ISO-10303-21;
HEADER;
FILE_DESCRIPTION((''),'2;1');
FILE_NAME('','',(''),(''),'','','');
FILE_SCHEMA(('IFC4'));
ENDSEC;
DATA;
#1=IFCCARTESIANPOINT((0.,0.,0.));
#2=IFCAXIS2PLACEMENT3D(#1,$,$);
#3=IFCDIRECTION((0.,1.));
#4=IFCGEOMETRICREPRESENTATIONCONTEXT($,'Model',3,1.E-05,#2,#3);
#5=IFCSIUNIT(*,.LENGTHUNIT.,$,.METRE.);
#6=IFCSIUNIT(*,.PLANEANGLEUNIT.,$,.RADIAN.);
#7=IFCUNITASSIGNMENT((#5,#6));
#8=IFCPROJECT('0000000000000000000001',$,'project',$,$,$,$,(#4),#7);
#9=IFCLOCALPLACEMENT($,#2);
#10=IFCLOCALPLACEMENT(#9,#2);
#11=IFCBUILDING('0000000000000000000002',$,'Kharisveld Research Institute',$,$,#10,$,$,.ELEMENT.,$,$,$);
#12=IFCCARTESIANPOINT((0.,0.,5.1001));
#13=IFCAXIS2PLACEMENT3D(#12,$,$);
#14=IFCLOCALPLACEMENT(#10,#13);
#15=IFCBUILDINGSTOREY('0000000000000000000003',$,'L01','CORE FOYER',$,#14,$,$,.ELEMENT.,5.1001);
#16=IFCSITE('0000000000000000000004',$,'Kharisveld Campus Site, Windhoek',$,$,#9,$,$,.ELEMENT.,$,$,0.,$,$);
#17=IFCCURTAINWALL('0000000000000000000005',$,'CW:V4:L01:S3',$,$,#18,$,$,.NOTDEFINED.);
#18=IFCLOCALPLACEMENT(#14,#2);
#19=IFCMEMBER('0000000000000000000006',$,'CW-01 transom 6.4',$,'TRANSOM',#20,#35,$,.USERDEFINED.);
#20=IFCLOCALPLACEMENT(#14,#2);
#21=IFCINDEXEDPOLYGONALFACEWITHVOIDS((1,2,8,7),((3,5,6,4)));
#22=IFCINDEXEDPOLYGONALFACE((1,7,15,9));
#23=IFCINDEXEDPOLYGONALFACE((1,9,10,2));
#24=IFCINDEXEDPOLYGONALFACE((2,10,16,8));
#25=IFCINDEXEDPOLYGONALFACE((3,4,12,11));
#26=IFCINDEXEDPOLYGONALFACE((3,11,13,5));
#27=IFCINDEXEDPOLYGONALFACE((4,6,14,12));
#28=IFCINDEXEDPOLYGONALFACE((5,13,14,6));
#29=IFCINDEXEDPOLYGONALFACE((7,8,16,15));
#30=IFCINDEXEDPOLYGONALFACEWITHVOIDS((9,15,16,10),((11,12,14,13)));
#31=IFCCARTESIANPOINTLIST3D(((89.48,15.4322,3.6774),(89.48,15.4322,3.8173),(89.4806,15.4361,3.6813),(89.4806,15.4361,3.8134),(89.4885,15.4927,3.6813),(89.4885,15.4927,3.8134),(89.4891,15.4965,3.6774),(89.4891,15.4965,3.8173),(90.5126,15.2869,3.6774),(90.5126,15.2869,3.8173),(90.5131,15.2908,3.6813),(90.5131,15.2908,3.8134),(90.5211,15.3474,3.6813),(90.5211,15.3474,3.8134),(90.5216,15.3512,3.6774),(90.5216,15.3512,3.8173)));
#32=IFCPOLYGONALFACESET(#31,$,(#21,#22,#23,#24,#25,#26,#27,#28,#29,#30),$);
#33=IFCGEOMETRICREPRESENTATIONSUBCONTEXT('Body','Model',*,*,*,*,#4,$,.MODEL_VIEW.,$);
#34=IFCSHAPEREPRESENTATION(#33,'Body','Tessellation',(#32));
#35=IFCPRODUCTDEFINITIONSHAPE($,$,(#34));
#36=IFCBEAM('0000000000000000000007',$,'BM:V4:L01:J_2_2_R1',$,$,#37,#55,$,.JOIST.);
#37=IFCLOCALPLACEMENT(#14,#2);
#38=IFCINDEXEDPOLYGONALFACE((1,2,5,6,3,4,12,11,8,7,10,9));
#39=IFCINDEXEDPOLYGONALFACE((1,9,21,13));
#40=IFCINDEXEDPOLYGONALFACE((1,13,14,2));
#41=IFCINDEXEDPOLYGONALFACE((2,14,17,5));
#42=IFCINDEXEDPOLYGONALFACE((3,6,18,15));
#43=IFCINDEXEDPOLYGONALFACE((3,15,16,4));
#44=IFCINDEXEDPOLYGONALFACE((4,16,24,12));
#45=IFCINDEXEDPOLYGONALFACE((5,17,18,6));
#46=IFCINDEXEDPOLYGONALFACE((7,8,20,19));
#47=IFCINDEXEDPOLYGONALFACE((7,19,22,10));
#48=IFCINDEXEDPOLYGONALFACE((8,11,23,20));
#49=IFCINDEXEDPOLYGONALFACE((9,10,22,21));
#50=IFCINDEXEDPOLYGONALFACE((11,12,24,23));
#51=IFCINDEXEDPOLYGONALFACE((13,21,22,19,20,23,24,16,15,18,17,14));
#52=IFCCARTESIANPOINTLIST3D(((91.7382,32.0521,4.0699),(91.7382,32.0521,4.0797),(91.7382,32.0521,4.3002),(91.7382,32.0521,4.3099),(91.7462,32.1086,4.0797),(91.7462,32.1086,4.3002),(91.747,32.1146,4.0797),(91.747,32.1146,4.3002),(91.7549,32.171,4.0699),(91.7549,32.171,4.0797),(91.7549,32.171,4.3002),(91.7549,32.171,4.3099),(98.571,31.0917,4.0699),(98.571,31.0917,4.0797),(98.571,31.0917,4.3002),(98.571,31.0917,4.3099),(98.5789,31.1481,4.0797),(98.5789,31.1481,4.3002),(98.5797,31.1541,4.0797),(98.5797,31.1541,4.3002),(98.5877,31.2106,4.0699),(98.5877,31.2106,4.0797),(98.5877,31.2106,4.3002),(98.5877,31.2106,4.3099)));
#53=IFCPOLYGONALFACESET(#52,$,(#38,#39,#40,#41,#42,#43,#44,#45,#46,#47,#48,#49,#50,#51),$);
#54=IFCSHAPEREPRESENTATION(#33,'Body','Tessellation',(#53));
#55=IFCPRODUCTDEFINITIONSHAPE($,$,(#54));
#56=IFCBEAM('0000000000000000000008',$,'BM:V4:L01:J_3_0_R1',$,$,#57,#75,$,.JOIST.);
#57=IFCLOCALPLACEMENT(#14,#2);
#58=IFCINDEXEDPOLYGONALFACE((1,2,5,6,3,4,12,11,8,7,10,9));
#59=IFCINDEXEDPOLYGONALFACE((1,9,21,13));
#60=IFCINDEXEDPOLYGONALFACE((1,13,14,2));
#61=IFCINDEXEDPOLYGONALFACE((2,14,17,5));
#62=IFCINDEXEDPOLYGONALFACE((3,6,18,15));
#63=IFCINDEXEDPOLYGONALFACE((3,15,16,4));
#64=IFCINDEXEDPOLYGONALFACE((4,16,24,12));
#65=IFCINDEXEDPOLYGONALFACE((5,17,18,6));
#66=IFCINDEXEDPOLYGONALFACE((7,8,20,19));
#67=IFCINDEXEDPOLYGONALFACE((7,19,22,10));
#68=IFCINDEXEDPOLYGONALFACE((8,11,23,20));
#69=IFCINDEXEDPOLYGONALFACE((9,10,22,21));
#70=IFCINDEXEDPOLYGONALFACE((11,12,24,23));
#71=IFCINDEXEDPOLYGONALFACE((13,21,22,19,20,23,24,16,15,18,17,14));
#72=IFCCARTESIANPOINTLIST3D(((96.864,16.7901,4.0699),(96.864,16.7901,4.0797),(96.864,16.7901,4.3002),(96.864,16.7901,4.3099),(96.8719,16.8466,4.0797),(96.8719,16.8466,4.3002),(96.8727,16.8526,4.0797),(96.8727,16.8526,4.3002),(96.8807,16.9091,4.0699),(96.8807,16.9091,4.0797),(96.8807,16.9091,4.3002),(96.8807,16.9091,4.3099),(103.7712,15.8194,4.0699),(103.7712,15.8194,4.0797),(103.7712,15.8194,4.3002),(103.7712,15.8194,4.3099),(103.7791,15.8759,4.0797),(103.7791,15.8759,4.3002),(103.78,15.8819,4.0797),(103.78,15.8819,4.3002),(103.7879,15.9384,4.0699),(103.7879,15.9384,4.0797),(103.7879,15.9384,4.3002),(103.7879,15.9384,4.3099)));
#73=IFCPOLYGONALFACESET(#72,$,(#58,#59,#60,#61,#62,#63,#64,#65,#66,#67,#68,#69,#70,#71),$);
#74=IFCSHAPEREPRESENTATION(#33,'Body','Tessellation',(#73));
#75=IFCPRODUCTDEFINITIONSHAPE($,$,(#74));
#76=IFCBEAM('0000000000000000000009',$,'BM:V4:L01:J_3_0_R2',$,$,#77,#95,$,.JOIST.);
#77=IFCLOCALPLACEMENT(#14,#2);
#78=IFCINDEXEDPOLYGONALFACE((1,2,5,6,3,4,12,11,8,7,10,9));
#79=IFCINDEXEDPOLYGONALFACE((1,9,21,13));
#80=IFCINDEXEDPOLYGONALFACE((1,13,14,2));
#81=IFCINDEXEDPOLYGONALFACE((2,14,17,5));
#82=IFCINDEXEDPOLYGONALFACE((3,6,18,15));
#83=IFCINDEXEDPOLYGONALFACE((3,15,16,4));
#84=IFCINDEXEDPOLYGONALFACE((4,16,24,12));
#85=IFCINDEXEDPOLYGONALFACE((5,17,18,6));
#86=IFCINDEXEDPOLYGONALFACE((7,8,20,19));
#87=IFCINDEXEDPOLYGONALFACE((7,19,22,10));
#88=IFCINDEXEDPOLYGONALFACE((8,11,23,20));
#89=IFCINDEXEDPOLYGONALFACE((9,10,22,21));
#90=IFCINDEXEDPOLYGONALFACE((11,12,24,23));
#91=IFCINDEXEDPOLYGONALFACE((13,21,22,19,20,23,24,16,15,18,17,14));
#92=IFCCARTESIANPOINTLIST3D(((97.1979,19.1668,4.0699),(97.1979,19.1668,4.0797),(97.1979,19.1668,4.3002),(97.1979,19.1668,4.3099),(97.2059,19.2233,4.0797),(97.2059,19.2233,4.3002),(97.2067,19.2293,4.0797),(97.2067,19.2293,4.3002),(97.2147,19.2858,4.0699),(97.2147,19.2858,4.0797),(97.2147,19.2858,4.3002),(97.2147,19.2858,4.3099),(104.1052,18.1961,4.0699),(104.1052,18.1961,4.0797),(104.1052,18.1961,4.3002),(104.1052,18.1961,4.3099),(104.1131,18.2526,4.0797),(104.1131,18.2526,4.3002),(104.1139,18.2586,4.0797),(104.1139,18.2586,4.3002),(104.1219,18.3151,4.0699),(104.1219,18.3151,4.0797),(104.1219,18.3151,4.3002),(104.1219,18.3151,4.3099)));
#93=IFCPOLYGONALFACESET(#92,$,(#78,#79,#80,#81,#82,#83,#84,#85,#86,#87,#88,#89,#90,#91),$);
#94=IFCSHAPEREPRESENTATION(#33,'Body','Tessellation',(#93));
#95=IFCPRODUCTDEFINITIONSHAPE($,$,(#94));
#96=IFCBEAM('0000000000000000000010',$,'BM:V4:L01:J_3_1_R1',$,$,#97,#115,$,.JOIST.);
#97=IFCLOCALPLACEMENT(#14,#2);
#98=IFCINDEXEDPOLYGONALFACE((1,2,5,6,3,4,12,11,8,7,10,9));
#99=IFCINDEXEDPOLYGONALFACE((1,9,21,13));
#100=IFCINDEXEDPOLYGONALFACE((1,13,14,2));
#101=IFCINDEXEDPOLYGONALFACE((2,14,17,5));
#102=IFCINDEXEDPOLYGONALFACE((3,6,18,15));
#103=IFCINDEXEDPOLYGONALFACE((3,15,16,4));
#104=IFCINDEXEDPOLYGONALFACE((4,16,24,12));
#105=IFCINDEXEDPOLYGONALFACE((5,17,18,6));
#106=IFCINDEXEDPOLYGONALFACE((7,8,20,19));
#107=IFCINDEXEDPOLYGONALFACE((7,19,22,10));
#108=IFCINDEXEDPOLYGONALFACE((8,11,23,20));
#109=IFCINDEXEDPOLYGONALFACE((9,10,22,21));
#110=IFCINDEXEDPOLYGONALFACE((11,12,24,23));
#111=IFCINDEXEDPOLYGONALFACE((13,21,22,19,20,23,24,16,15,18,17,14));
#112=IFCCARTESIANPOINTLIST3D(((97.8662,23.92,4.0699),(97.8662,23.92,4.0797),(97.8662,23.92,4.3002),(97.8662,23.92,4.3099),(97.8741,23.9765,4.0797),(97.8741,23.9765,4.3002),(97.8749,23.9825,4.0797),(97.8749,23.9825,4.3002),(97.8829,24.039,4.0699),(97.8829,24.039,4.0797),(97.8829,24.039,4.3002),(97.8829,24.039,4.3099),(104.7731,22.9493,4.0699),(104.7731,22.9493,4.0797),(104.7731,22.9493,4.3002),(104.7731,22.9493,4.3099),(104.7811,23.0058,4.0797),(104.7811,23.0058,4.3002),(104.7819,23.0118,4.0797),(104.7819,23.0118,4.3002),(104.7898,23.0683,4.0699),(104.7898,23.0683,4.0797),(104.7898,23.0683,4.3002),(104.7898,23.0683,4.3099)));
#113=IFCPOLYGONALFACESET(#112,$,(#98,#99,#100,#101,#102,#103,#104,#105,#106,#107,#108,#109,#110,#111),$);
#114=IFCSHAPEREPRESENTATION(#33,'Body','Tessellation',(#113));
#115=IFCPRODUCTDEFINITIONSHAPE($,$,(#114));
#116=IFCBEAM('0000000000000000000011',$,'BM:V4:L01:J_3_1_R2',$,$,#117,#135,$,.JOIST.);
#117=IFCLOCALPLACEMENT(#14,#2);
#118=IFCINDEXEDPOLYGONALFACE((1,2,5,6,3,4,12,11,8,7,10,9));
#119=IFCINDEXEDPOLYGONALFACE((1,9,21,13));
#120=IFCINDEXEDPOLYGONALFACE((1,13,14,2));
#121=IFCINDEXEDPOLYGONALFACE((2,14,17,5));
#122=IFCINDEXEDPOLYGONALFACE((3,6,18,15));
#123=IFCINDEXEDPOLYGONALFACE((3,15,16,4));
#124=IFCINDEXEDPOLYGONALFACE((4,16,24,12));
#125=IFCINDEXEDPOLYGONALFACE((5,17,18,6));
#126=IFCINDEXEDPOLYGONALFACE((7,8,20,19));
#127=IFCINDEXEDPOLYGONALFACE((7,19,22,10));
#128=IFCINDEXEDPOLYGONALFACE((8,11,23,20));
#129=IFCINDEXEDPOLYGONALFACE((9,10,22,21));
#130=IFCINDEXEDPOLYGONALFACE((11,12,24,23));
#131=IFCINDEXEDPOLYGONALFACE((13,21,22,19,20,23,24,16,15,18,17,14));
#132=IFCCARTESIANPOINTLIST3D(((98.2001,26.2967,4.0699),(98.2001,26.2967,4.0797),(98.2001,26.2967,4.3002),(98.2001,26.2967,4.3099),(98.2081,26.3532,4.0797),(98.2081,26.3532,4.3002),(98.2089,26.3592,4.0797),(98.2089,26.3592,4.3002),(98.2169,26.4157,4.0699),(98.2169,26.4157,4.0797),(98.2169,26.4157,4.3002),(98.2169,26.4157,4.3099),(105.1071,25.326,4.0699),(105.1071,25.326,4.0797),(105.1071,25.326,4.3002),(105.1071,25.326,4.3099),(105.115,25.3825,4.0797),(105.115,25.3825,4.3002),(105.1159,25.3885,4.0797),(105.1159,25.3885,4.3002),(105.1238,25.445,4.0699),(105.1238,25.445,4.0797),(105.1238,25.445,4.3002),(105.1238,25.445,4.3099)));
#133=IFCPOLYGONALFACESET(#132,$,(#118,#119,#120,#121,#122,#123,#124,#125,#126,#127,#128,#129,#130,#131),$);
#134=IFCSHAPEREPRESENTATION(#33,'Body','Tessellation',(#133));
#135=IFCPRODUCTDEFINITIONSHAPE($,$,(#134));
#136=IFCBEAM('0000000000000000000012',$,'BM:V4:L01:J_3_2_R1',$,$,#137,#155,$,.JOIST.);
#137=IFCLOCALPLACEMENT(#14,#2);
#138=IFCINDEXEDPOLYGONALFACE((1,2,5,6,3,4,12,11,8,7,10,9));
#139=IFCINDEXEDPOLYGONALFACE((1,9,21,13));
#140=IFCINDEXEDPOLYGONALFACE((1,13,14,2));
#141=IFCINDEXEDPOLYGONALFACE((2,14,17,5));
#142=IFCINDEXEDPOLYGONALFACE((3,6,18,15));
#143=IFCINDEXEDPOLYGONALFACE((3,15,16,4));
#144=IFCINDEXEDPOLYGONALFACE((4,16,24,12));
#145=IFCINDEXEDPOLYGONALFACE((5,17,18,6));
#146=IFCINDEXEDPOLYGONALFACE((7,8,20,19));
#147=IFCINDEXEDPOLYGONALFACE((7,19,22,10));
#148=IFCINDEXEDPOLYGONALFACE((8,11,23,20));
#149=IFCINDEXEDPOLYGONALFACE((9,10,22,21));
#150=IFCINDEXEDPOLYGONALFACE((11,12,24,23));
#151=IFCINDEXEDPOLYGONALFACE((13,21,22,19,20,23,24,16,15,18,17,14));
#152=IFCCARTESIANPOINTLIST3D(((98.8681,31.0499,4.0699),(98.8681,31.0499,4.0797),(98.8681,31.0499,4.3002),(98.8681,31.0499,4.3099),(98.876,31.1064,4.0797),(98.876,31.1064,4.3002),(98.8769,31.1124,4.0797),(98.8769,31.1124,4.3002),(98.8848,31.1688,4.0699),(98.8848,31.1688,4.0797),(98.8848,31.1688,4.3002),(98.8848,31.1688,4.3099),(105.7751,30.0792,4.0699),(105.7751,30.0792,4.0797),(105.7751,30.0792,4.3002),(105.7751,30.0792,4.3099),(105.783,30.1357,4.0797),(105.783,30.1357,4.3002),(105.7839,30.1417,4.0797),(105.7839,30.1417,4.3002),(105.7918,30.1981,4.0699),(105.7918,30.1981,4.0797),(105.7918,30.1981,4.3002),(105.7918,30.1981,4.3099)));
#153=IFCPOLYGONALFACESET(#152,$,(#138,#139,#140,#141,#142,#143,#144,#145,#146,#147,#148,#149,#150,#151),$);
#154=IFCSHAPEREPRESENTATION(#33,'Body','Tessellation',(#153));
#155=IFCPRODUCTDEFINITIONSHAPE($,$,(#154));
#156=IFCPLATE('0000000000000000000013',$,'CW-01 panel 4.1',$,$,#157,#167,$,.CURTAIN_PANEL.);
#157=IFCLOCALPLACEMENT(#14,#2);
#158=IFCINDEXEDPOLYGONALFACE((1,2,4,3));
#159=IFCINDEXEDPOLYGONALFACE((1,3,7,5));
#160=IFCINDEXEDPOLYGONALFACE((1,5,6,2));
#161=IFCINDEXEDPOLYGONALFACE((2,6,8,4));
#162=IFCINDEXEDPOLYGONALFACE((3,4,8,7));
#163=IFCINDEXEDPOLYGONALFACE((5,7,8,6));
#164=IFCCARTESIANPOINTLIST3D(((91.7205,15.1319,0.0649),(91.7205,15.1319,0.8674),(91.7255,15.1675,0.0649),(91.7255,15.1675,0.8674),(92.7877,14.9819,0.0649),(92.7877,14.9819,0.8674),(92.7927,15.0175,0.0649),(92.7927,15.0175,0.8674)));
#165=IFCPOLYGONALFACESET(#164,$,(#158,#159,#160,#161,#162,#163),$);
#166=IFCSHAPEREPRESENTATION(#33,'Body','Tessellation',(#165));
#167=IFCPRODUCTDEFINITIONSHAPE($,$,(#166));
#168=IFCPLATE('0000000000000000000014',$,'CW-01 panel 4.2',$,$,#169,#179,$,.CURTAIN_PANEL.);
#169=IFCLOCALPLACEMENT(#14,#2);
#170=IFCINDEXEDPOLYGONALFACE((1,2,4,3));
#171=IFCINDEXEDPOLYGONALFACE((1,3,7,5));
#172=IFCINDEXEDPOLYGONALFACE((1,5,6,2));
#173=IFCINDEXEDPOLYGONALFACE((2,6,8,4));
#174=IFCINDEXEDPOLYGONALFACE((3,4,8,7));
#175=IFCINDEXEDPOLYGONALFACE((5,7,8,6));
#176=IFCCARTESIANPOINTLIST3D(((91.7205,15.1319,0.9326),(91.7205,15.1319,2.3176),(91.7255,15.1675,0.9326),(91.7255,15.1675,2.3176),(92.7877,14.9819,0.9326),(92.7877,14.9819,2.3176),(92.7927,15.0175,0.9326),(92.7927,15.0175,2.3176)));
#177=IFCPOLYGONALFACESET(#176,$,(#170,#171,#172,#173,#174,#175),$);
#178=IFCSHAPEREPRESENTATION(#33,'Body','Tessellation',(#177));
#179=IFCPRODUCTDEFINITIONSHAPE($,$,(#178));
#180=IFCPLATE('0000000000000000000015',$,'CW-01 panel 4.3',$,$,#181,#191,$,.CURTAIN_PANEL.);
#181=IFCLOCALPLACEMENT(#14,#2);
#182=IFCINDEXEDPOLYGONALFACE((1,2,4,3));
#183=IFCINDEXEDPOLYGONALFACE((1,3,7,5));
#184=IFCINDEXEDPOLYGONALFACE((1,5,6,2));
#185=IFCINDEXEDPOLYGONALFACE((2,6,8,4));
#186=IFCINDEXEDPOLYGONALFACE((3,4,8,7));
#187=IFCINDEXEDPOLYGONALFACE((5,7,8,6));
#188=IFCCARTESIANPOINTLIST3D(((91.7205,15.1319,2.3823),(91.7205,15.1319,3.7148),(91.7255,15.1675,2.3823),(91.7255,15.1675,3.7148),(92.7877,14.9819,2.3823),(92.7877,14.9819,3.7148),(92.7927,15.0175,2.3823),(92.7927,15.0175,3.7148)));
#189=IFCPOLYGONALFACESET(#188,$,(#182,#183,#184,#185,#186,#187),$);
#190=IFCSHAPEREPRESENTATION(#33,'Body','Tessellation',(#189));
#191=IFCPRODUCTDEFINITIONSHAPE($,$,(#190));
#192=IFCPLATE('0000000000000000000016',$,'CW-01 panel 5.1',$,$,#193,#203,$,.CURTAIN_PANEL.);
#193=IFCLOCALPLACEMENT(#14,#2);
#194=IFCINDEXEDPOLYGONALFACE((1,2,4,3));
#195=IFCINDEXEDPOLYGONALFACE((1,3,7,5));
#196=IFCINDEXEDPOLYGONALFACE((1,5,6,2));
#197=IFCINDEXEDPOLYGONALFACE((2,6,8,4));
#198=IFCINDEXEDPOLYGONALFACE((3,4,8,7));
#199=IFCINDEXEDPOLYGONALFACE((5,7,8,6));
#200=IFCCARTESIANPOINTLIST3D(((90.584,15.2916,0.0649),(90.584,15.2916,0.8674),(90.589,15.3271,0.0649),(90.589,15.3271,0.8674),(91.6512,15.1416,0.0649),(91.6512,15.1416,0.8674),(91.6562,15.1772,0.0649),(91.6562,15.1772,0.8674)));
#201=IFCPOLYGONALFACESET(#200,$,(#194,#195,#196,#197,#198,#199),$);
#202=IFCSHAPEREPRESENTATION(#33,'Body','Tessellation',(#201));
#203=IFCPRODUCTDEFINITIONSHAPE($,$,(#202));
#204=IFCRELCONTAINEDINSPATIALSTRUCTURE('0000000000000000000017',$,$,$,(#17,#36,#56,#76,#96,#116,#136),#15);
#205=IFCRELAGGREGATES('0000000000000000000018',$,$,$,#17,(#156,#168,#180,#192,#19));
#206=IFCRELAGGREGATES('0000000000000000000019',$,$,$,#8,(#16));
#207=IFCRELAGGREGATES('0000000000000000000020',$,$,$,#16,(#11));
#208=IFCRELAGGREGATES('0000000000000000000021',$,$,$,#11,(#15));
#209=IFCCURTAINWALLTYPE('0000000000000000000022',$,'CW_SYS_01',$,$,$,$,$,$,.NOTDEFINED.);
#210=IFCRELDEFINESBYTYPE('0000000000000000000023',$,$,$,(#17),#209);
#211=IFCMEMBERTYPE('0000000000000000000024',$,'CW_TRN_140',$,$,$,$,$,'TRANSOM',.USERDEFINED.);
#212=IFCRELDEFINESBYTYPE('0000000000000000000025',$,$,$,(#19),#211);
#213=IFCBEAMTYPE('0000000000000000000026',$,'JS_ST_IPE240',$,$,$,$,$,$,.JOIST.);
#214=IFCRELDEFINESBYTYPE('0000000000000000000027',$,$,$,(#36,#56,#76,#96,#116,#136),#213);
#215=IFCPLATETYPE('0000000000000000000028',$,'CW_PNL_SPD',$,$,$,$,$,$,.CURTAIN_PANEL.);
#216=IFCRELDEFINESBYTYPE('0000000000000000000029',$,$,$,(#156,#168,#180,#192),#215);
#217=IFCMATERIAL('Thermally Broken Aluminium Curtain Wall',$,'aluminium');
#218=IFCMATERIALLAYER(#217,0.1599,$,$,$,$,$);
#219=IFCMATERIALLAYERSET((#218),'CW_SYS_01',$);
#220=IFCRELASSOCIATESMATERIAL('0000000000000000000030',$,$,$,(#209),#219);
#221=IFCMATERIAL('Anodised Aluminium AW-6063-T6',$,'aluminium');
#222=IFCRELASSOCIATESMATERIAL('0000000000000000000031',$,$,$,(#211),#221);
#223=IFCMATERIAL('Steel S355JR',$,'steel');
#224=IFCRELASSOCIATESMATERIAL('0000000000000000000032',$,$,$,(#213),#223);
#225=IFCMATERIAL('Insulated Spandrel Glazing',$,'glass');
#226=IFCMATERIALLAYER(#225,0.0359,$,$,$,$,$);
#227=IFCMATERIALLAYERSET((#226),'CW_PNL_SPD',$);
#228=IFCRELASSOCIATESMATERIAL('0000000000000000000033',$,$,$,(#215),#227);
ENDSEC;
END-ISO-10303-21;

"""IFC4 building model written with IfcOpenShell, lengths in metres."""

from ifc_helpers import new_model, si_unit, direction, frame, origin, origin_2d, place, context, subcontext, project, spatial, rectangle, hollow_rectangle, i_section, extrude, material, layer, layer_set, material_profile, profile_set, type_object, element, aggregate, save


model = new_model("IFC4")

# Units and contexts
model_context = context("Model", 3, precision=1e-05, world=origin(), true_north=direction((0.0, 1.0)))
body_context = subcontext(model_context, "Body", "Model", "MODEL_VIEW")
ifc_project = project(units=[si_unit("LENGTHUNIT", "METRE"), si_unit("PLANEANGLEUNIT", "RADIAN")], contexts=[model_context])

# Site, building, storey
site_placement = place(None, origin())
site = spatial("IfcSite", under=ifc_project, at=site_placement, Name="Kharisveld Campus Site, Windhoek", CompositionType="ELEMENT", RefElevation=0.0)
building_placement = place(site_placement, origin())
building = spatial("IfcBuilding", under=site, at=building_placement, Name="Kharisveld Research Institute", CompositionType="ELEMENT")
storey_placement = place(building_placement, frame((0.0, 0.0, 5.1001)))
storey = spatial("IfcBuildingStorey", under=building, at=storey_placement, Name="L01", Description="CORE FOYER", CompositionType="ELEMENT", Elevation=5.1001)

# Curtain wall, member
ifc_material_1 = material(Name="Thermally Broken Aluminium Curtain Wall", Category="aluminium")
ifc_layer_1 = layer(ifc_material_1, 0.1599)
ifc_layer_set_1 = layer_set([ifc_layer_1], Name="CW_SYS_01")
curtain_wall_type = type_object("IfcCurtainWallType", Name="CW_SYS_01", PredefinedType="NOTDEFINED", material=ifc_layer_set_1)
curtain_wall_placement = place(storey_placement, origin())
curtain_wall = element("IfcCurtainWall", 1, at=curtain_wall_placement, inside=storey, type_object=curtain_wall_type, Name="CW:V4:L01:S3", PredefinedType="NOTDEFINED")
ifc_material_2 = material(Name="Anodised Aluminium AW-6063-T6", Category="aluminium")
ifc_material_profile_1 = material_profile(ifc_material_2, hollow_rectangle(XDim=0.0649, YDim=0.1399, WallThickness=0.0039, at=origin_2d()))
ifc_profile_set_1 = profile_set([ifc_material_profile_1], Name="Anodised Aluminium AW-6063-T6")
member_type_1 = type_object("IfcMemberType", Name="CW_TRN_140", ElementType="TRANSOM", PredefinedType="USERDEFINED", material=ifc_profile_set_1)
member_1_placement = place(storey_placement, frame((90.5171, 15.3191, 3.7473), z_axis=(-0.990247, 0.139323, 0.0), x_axis=(-0.139323, -0.990247, 0.0)))
member_1 = element("IfcMember", 2, at=member_1_placement, type_object=member_type_1, Name="CW-01 transom 6.4", ObjectType="TRANSOM", PredefinedType="USERDEFINED", context=body_context, shape_type="SweptSolid", body=[
    extrude(hollow_rectangle(XDim=0.0649, YDim=0.1399, WallThickness=0.0039, at=origin_2d()), origin(), (0.0, 0.0, 1.0), 1.0427),
])

# Beams
ifc_material_3 = material(Name="Steel S355JR", Category="steel")
ifc_material_profile_2 = material_profile(ifc_material_3, i_section(OverallWidth=0.1201, OverallDepth=0.24, WebThickness=0.0061, FlangeThickness=0.0098, at=origin_2d()))
ifc_profile_set_2 = profile_set([ifc_material_profile_2], Name="Steel S355JR")
beam_type_1 = type_object("IfcBeamType", Name="JS_ST_IPE240", PredefinedType="JOIST", material=ifc_profile_set_2)
beam_1_placement = place(storey_placement, frame((91.7466, 32.1116, 4.1899), z_axis=(0.990265, -0.139197, 0.0), x_axis=(0.139197, 0.990265, 0.0)))
element("IfcBeam", 3, at=beam_1_placement, inside=storey, type_object=beam_type_1, Name="BM:V4:L01:J_2_2_R1", PredefinedType="JOIST", context=body_context, shape_type="SweptSolid", body=[
    extrude(i_section(OverallWidth=0.1201, OverallDepth=0.24, WebThickness=0.0061, FlangeThickness=0.0098, at=origin_2d()), origin(), (0.0, 0.0, 1.0), 6.8999),
])
for number, where, z_axis, x_axis, name in (
    (4, (96.8723, 16.8496, 4.1899), (0.990269, -0.139167, 0.0), (0.139167, 0.990269, 0.0), "BM:V4:L01:J_3_0_R1"),
    (5, (97.2063, 19.2263, 4.1899), (0.990269, -0.139167, 0.0), (0.139167, 0.990269, 0.0), "BM:V4:L01:J_3_0_R2"),
):
    element("IfcBeam", number, at=place(storey_placement, frame(where, z_axis=z_axis, x_axis=x_axis)), inside=storey, type_object=beam_type_1, Name=name, PredefinedType="JOIST", context=body_context, shape_type="SweptSolid", body=[
        extrude(i_section(OverallWidth=0.1201, OverallDepth=0.24, WebThickness=0.0061, FlangeThickness=0.0098, at=origin_2d()), origin(), (0.0, 0.0, 1.0), 6.9751),
    ])
for number, where, z_axis, x_axis, name in (
    (6, (97.8745, 23.9795, 4.1899), (0.990268, -0.139172, 0.0), (0.139172, 0.990268, 0.0), "BM:V4:L01:J_3_1_R1"),
    (7, (98.2085, 26.3562, 4.1899), (0.990268, -0.139172, 0.0), (0.139172, 0.990268, 0.0), "BM:V4:L01:J_3_1_R2"),
    (8, (98.8765, 31.1094, 4.1899), (0.990268, -0.139172, 0.0), (0.139172, 0.990268, 0.0), "BM:V4:L01:J_3_2_R1"),
):
    element("IfcBeam", number, at=place(storey_placement, frame(where, z_axis=z_axis, x_axis=x_axis)), inside=storey, type_object=beam_type_1, Name=name, PredefinedType="JOIST", context=body_context, shape_type="SweptSolid", body=[
        extrude(i_section(OverallWidth=0.1201, OverallDepth=0.24, WebThickness=0.0061, FlangeThickness=0.0098, at=origin_2d()), origin(), (0.0, 0.0, 1.0), 6.9749),
    ])

# Plates
ifc_material_4 = material(Name="Insulated Spandrel Glazing", Category="glass")
ifc_layer_2 = layer(ifc_material_4, 0.0359)
ifc_layer_set_2 = layer_set([ifc_layer_2], Name="CW_PNL_SPD")
plate_type = type_object("IfcPlateType", Name="CW_PNL_SPD", PredefinedType="CURTAIN_PANEL", material=ifc_layer_set_2)
plate_1_placement = place(storey_placement, frame((92.2566, 15.0747, 0.0649), z_axis=(0.0, 0.0, 1.0), x_axis=(-0.990268, 0.139173, 0.0)))
plate_1 = element("IfcPlate", 9, at=plate_1_placement, type_object=plate_type, Name="CW-01 panel 4.1", PredefinedType="CURTAIN_PANEL", context=body_context, shape_type="SweptSolid", body=[
    extrude(rectangle(XDim=1.0776, YDim=0.0359, at=origin_2d()), origin(), (0.0, 0.0, 1.0), 0.8025),
])
plate_2_placement = place(storey_placement, frame((92.2566, 15.0747, 0.9326), z_axis=(0.0, 0.0, 1.0), x_axis=(-0.990268, 0.139173, 0.0)))
plate_2 = element("IfcPlate", 10, at=plate_2_placement, type_object=plate_type, Name="CW-01 panel 4.2", PredefinedType="CURTAIN_PANEL", context=body_context, shape_type="SweptSolid", body=[
    extrude(rectangle(XDim=1.0776, YDim=0.0359, at=origin_2d()), origin(), (0.0, 0.0, 1.0), 1.385),
])
plate_3_placement = place(storey_placement, frame((92.2566, 15.0747, 2.3823), z_axis=(0.0, 0.0, 1.0), x_axis=(-0.990268, 0.139173, 0.0)))
plate_3 = element("IfcPlate", 11, at=plate_3_placement, type_object=plate_type, Name="CW-01 panel 4.3", PredefinedType="CURTAIN_PANEL", context=body_context, shape_type="SweptSolid", body=[
    extrude(rectangle(XDim=1.0776, YDim=0.0359, at=origin_2d()), origin(), (0.0, 0.0, 1.0), 1.3325),
])
plate_4_placement = place(storey_placement, frame((91.1201, 15.2344, 0.0649), z_axis=(0.0, 0.0, 1.0), x_axis=(-0.990268, 0.139173, 0.0)))
plate_4 = element("IfcPlate", 12, at=plate_4_placement, type_object=plate_type, Name="CW-01 panel 5.1", PredefinedType="CURTAIN_PANEL", context=body_context, shape_type="SweptSolid", body=[
    extrude(rectangle(XDim=1.0776, YDim=0.0359, at=origin_2d()), origin(), (0.0, 0.0, 1.0), 0.8025),
])
aggregate(curtain_wall, [plate_1, plate_2, plate_3, plate_4, member_1])

save(model, "model.ifc")
